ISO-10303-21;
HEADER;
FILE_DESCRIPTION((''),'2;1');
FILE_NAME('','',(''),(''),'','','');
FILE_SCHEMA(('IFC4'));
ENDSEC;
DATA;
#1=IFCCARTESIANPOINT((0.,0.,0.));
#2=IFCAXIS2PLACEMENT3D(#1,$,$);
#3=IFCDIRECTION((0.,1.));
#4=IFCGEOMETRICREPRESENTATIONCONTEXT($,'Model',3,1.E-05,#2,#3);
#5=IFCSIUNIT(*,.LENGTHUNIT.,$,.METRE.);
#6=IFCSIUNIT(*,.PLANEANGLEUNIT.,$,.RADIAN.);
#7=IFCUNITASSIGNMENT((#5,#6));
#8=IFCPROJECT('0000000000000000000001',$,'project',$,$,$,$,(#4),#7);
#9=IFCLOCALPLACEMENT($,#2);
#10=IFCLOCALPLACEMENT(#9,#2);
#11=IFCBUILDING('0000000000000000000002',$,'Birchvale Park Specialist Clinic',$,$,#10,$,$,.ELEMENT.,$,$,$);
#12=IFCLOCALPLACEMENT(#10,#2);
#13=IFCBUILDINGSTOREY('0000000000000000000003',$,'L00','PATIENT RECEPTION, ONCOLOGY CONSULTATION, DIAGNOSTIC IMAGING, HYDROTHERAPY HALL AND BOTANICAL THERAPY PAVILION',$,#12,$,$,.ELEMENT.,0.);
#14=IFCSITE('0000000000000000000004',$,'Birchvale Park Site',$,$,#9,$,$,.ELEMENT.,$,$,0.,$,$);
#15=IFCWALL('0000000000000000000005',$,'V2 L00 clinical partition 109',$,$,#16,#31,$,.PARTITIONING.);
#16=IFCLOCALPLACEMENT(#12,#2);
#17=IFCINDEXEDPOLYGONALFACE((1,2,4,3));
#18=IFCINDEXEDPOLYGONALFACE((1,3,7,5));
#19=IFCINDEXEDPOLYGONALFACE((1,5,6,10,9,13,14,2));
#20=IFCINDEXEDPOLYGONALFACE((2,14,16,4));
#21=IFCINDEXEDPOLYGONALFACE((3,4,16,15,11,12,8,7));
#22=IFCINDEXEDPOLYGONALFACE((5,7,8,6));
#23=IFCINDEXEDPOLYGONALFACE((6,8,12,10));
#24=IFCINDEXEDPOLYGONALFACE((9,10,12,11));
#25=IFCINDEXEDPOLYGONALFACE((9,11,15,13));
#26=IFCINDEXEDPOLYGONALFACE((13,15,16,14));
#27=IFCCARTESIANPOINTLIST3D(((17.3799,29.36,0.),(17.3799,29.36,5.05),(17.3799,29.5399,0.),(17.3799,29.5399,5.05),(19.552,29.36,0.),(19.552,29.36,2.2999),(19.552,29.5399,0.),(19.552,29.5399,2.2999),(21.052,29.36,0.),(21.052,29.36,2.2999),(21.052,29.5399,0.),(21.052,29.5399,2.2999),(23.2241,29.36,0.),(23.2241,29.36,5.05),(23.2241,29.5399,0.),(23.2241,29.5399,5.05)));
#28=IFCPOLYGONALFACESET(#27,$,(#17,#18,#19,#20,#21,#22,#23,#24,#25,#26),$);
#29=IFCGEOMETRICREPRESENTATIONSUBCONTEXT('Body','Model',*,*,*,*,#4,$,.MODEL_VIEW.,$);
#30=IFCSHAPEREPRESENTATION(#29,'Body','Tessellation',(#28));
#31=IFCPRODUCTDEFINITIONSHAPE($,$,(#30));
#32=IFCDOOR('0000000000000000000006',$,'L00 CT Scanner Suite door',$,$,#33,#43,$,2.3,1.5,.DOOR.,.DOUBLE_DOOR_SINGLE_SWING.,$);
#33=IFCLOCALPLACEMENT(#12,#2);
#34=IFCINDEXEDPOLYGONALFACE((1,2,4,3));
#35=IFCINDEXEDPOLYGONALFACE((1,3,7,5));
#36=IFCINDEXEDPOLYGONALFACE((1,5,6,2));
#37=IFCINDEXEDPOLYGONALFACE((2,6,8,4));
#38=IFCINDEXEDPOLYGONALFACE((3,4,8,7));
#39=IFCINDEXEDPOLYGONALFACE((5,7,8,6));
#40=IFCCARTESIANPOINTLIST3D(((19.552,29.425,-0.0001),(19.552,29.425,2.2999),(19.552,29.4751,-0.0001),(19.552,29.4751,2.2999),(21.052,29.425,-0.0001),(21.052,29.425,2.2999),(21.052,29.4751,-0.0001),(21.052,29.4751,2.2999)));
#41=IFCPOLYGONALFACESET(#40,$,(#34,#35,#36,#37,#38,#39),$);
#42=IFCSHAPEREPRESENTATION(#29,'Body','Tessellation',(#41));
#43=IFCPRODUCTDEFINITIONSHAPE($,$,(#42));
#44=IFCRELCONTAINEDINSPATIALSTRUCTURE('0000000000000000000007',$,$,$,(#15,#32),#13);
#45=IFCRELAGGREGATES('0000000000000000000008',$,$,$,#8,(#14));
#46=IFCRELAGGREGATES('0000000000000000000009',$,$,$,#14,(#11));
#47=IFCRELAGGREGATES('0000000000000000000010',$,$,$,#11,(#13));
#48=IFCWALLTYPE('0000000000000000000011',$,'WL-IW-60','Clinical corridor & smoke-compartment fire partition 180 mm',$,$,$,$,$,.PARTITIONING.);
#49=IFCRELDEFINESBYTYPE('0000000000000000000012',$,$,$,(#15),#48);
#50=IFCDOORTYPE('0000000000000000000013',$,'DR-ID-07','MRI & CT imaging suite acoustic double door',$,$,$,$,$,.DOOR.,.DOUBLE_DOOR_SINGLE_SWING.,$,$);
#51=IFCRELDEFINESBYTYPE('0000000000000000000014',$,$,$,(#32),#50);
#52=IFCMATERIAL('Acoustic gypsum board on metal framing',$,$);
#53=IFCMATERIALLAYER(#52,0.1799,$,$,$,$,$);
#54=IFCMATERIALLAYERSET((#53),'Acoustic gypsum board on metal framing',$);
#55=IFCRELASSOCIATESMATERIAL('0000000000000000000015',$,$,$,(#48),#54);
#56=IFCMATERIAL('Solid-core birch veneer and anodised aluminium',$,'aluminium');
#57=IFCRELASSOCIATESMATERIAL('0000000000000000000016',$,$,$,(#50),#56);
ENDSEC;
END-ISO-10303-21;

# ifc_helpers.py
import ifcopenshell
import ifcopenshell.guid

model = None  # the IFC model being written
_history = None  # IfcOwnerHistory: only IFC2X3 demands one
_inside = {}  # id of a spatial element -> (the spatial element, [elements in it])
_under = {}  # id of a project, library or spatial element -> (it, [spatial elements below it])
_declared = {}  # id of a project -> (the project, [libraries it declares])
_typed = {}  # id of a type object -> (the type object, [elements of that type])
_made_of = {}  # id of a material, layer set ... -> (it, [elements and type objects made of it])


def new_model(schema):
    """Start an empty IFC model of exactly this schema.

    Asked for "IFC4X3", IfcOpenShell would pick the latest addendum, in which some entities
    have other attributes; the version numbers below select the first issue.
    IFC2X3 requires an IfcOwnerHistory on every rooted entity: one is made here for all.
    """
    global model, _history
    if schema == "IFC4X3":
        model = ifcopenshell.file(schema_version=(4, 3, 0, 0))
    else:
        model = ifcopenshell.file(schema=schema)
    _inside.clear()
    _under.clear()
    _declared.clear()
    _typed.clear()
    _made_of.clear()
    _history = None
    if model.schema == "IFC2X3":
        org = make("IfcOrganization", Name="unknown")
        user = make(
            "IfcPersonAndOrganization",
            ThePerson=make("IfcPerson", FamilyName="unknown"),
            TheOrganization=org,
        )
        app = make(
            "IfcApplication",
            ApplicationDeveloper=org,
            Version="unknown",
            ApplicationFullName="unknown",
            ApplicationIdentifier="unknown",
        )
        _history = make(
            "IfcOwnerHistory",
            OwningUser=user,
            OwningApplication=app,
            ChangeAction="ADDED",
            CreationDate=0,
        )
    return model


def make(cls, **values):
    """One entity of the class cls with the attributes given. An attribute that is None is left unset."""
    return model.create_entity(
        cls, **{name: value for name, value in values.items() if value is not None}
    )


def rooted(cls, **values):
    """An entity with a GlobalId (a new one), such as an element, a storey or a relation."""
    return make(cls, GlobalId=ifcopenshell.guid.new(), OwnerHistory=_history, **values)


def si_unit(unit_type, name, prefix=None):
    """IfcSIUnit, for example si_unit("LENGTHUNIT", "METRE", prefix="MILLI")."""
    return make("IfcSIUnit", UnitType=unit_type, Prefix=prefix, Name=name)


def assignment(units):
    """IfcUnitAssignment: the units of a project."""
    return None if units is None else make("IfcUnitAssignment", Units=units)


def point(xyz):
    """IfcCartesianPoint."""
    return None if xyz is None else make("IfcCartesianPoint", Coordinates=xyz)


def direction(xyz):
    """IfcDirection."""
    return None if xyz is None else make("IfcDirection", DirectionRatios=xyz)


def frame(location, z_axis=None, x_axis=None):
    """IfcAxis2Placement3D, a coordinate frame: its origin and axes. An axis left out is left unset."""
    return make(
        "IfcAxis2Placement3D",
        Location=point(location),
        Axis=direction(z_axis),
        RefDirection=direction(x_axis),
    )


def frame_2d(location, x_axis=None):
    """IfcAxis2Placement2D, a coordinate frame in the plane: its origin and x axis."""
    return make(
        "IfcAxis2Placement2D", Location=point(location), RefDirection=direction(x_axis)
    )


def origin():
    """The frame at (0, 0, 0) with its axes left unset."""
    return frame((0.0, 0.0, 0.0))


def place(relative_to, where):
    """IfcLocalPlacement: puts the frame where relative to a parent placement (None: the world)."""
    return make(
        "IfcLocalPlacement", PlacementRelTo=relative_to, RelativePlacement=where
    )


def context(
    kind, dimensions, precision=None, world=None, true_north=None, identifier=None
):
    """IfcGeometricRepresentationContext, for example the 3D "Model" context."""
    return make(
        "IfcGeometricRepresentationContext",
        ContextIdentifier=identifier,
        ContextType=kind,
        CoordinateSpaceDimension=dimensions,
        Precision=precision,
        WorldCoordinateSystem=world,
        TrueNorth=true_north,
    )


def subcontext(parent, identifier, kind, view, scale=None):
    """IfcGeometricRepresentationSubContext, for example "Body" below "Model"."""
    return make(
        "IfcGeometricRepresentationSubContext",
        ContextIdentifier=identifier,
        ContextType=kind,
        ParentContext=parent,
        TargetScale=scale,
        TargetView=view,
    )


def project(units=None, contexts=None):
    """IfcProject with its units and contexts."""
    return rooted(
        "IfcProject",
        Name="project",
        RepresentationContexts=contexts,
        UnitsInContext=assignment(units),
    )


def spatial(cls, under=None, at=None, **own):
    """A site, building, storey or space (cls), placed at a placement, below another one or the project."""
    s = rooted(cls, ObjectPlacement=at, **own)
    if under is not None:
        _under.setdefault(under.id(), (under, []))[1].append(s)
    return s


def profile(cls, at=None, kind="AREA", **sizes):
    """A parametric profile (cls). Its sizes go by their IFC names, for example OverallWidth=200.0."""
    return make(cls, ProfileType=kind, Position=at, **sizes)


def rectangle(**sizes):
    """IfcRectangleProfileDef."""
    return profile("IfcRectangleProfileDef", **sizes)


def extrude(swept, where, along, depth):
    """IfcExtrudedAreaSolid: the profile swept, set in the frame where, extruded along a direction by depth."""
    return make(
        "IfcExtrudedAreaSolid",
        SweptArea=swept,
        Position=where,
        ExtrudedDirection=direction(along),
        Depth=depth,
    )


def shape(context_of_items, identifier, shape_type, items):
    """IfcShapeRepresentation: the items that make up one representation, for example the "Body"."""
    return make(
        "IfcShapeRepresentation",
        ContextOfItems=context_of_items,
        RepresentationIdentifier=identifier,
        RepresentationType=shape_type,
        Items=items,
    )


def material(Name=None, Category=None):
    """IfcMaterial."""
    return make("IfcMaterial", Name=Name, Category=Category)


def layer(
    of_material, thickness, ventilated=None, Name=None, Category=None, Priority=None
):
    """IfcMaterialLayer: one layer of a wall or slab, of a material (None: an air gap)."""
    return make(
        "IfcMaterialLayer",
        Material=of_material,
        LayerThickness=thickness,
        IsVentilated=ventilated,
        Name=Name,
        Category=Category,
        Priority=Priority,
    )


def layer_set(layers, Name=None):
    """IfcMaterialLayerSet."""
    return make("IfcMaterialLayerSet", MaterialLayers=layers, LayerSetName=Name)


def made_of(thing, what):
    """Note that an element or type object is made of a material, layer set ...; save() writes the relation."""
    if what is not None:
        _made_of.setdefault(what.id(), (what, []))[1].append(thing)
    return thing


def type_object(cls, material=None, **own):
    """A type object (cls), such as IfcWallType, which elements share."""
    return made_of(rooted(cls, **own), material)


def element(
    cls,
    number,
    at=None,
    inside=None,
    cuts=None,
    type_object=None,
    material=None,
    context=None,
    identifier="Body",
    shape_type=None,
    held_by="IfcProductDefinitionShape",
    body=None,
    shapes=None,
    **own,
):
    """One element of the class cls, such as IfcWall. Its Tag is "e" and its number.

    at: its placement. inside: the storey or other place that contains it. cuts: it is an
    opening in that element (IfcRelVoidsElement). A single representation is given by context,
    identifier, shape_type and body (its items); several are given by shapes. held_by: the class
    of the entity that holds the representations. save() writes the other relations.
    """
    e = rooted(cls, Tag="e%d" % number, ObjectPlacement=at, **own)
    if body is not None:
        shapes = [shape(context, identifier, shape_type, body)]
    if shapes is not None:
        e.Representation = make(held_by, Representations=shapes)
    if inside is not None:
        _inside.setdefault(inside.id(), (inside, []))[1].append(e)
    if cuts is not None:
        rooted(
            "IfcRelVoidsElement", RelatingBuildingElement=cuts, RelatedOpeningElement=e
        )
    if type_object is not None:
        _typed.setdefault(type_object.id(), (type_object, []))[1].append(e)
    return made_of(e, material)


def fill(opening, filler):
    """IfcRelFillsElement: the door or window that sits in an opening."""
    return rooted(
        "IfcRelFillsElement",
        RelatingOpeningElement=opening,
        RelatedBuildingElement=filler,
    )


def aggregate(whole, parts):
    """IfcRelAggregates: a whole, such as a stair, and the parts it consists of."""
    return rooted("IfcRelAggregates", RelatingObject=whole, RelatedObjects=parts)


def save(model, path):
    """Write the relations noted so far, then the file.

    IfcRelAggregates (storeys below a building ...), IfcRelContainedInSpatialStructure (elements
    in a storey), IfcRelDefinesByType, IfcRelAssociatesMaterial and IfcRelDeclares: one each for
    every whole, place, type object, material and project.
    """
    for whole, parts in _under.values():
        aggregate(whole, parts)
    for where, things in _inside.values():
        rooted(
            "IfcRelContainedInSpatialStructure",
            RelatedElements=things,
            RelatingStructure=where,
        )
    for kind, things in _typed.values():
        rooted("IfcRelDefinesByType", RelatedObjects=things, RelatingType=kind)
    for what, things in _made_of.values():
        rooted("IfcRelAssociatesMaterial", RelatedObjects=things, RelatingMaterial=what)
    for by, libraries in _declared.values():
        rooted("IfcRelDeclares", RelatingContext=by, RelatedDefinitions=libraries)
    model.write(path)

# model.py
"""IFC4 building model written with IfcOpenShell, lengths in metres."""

from ifc_helpers import new_model, si_unit, direction, frame, frame_2d, origin, place, context, subcontext, project, spatial, rectangle, extrude, material, layer, layer_set, type_object, element, fill, save


model = new_model("IFC4")

# Units and contexts
model_context = context("Model", 3, precision=1e-05, world=origin(), true_north=direction((0.0, 1.0)))
body_context = subcontext(model_context, "Body", "Model", "MODEL_VIEW")
ifc_project = project(units=[si_unit("LENGTHUNIT", "METRE"), si_unit("PLANEANGLEUNIT", "RADIAN")], contexts=[model_context])

# Site, building, storey
site_placement = place(None, origin())
site = spatial("IfcSite", under=ifc_project, at=site_placement, Name="Birchvale Park Site", CompositionType="ELEMENT", RefElevation=0.0)
building_placement = place(site_placement, origin())
building = spatial("IfcBuilding", under=site, at=building_placement, Name="Birchvale Park Specialist Clinic", CompositionType="ELEMENT")
storey_placement = place(building_placement, origin())
storey = spatial("IfcBuildingStorey", under=building, at=storey_placement, Name="L00", Description="PATIENT RECEPTION, ONCOLOGY CONSULTATION, DIAGNOSTIC IMAGING, HYDROTHERAPY HALL AND BOTANICAL THERAPY PAVILION", CompositionType="ELEMENT", Elevation=0.0)

# Shared definitions
ifc_material_1 = material(Name="Solid-core birch veneer and anodised aluminium", Category="aluminium")

# Shared definitions
ifc_material_2 = material(Name="Acoustic gypsum board on metal framing")
ifc_layer_1 = layer(ifc_material_2, 0.1799)
ifc_layer_set_1 = layer_set([ifc_layer_1], Name="Acoustic gypsum board on metal framing")
wall_type_1 = type_object("IfcWallType", Name="WL-IW-60", Description="Clinical corridor & smoke-compartment fire partition 180 mm", PredefinedType="PARTITIONING", material=ifc_layer_set_1)

# Wall, opening, door
door_type_1 = type_object("IfcDoorType", Name="DR-ID-07", Description="MRI & CT imaging suite acoustic double door", OperationType="DOUBLE_DOOR_SINGLE_SWING", PredefinedType="DOOR", material=ifc_material_1)
wall_1_placement = place(storey_placement, frame((23.2241, 29.45, 0.0), z_axis=(0.0, 0.0, 1.0), x_axis=(-1.0, 0.0, 0.0)))
wall_1 = element("IfcWall", 1, at=wall_1_placement, inside=storey, type_object=wall_type_1, Name="V2 L00 clinical partition 109", PredefinedType="PARTITIONING", context=body_context, shape_type="SweptSolid", body=[
    extrude(rectangle(XDim=5.8442, YDim=0.1799, at=frame_2d((2.9221, 0.0))), origin(), (0.0, 0.0, 1.0), 5.05),
])
opening_1_placement = place(wall_1_placement, frame((2.1721, 0.0, 0.0)))
opening_1 = element("IfcOpeningElement", 2, at=opening_1_placement, cuts=wall_1, PredefinedType="OPENING", context=body_context, shape_type="SweptSolid", body=[
    extrude(rectangle(XDim=1.5, YDim=2.3, at=frame_2d((0.75, 1.1499))), frame((0.0, 0.1001, 0.0), z_axis=(0.0, -1.0, 0.0), x_axis=(1.0, 0.0, 0.0)), (0.0, 0.0, 1.0), 0.2),
])
door_1_placement = place(opening_1_placement, origin())
door_1 = element("IfcDoor", 3, at=door_1_placement, inside=storey, type_object=door_type_1, Name="L00 CT Scanner Suite door", OperationType="DOUBLE_DOOR_SINGLE_SWING", OverallHeight=2.3, OverallWidth=1.5, PredefinedType="DOOR", context=body_context, shape_type="SweptSolid", body=[
    extrude(rectangle(XDim=1.5, YDim=2.3, at=frame_2d((0.75, 1.1499))), frame((0.0, 0.0249, 0.0), z_axis=(0.0, -1.0, 0.0), x_axis=(1.0, 0.0, 0.0)), (0.0, 0.0, 1.0), 0.05),
])
fill(opening_1, door_1)

save(model, "model.ifc")
